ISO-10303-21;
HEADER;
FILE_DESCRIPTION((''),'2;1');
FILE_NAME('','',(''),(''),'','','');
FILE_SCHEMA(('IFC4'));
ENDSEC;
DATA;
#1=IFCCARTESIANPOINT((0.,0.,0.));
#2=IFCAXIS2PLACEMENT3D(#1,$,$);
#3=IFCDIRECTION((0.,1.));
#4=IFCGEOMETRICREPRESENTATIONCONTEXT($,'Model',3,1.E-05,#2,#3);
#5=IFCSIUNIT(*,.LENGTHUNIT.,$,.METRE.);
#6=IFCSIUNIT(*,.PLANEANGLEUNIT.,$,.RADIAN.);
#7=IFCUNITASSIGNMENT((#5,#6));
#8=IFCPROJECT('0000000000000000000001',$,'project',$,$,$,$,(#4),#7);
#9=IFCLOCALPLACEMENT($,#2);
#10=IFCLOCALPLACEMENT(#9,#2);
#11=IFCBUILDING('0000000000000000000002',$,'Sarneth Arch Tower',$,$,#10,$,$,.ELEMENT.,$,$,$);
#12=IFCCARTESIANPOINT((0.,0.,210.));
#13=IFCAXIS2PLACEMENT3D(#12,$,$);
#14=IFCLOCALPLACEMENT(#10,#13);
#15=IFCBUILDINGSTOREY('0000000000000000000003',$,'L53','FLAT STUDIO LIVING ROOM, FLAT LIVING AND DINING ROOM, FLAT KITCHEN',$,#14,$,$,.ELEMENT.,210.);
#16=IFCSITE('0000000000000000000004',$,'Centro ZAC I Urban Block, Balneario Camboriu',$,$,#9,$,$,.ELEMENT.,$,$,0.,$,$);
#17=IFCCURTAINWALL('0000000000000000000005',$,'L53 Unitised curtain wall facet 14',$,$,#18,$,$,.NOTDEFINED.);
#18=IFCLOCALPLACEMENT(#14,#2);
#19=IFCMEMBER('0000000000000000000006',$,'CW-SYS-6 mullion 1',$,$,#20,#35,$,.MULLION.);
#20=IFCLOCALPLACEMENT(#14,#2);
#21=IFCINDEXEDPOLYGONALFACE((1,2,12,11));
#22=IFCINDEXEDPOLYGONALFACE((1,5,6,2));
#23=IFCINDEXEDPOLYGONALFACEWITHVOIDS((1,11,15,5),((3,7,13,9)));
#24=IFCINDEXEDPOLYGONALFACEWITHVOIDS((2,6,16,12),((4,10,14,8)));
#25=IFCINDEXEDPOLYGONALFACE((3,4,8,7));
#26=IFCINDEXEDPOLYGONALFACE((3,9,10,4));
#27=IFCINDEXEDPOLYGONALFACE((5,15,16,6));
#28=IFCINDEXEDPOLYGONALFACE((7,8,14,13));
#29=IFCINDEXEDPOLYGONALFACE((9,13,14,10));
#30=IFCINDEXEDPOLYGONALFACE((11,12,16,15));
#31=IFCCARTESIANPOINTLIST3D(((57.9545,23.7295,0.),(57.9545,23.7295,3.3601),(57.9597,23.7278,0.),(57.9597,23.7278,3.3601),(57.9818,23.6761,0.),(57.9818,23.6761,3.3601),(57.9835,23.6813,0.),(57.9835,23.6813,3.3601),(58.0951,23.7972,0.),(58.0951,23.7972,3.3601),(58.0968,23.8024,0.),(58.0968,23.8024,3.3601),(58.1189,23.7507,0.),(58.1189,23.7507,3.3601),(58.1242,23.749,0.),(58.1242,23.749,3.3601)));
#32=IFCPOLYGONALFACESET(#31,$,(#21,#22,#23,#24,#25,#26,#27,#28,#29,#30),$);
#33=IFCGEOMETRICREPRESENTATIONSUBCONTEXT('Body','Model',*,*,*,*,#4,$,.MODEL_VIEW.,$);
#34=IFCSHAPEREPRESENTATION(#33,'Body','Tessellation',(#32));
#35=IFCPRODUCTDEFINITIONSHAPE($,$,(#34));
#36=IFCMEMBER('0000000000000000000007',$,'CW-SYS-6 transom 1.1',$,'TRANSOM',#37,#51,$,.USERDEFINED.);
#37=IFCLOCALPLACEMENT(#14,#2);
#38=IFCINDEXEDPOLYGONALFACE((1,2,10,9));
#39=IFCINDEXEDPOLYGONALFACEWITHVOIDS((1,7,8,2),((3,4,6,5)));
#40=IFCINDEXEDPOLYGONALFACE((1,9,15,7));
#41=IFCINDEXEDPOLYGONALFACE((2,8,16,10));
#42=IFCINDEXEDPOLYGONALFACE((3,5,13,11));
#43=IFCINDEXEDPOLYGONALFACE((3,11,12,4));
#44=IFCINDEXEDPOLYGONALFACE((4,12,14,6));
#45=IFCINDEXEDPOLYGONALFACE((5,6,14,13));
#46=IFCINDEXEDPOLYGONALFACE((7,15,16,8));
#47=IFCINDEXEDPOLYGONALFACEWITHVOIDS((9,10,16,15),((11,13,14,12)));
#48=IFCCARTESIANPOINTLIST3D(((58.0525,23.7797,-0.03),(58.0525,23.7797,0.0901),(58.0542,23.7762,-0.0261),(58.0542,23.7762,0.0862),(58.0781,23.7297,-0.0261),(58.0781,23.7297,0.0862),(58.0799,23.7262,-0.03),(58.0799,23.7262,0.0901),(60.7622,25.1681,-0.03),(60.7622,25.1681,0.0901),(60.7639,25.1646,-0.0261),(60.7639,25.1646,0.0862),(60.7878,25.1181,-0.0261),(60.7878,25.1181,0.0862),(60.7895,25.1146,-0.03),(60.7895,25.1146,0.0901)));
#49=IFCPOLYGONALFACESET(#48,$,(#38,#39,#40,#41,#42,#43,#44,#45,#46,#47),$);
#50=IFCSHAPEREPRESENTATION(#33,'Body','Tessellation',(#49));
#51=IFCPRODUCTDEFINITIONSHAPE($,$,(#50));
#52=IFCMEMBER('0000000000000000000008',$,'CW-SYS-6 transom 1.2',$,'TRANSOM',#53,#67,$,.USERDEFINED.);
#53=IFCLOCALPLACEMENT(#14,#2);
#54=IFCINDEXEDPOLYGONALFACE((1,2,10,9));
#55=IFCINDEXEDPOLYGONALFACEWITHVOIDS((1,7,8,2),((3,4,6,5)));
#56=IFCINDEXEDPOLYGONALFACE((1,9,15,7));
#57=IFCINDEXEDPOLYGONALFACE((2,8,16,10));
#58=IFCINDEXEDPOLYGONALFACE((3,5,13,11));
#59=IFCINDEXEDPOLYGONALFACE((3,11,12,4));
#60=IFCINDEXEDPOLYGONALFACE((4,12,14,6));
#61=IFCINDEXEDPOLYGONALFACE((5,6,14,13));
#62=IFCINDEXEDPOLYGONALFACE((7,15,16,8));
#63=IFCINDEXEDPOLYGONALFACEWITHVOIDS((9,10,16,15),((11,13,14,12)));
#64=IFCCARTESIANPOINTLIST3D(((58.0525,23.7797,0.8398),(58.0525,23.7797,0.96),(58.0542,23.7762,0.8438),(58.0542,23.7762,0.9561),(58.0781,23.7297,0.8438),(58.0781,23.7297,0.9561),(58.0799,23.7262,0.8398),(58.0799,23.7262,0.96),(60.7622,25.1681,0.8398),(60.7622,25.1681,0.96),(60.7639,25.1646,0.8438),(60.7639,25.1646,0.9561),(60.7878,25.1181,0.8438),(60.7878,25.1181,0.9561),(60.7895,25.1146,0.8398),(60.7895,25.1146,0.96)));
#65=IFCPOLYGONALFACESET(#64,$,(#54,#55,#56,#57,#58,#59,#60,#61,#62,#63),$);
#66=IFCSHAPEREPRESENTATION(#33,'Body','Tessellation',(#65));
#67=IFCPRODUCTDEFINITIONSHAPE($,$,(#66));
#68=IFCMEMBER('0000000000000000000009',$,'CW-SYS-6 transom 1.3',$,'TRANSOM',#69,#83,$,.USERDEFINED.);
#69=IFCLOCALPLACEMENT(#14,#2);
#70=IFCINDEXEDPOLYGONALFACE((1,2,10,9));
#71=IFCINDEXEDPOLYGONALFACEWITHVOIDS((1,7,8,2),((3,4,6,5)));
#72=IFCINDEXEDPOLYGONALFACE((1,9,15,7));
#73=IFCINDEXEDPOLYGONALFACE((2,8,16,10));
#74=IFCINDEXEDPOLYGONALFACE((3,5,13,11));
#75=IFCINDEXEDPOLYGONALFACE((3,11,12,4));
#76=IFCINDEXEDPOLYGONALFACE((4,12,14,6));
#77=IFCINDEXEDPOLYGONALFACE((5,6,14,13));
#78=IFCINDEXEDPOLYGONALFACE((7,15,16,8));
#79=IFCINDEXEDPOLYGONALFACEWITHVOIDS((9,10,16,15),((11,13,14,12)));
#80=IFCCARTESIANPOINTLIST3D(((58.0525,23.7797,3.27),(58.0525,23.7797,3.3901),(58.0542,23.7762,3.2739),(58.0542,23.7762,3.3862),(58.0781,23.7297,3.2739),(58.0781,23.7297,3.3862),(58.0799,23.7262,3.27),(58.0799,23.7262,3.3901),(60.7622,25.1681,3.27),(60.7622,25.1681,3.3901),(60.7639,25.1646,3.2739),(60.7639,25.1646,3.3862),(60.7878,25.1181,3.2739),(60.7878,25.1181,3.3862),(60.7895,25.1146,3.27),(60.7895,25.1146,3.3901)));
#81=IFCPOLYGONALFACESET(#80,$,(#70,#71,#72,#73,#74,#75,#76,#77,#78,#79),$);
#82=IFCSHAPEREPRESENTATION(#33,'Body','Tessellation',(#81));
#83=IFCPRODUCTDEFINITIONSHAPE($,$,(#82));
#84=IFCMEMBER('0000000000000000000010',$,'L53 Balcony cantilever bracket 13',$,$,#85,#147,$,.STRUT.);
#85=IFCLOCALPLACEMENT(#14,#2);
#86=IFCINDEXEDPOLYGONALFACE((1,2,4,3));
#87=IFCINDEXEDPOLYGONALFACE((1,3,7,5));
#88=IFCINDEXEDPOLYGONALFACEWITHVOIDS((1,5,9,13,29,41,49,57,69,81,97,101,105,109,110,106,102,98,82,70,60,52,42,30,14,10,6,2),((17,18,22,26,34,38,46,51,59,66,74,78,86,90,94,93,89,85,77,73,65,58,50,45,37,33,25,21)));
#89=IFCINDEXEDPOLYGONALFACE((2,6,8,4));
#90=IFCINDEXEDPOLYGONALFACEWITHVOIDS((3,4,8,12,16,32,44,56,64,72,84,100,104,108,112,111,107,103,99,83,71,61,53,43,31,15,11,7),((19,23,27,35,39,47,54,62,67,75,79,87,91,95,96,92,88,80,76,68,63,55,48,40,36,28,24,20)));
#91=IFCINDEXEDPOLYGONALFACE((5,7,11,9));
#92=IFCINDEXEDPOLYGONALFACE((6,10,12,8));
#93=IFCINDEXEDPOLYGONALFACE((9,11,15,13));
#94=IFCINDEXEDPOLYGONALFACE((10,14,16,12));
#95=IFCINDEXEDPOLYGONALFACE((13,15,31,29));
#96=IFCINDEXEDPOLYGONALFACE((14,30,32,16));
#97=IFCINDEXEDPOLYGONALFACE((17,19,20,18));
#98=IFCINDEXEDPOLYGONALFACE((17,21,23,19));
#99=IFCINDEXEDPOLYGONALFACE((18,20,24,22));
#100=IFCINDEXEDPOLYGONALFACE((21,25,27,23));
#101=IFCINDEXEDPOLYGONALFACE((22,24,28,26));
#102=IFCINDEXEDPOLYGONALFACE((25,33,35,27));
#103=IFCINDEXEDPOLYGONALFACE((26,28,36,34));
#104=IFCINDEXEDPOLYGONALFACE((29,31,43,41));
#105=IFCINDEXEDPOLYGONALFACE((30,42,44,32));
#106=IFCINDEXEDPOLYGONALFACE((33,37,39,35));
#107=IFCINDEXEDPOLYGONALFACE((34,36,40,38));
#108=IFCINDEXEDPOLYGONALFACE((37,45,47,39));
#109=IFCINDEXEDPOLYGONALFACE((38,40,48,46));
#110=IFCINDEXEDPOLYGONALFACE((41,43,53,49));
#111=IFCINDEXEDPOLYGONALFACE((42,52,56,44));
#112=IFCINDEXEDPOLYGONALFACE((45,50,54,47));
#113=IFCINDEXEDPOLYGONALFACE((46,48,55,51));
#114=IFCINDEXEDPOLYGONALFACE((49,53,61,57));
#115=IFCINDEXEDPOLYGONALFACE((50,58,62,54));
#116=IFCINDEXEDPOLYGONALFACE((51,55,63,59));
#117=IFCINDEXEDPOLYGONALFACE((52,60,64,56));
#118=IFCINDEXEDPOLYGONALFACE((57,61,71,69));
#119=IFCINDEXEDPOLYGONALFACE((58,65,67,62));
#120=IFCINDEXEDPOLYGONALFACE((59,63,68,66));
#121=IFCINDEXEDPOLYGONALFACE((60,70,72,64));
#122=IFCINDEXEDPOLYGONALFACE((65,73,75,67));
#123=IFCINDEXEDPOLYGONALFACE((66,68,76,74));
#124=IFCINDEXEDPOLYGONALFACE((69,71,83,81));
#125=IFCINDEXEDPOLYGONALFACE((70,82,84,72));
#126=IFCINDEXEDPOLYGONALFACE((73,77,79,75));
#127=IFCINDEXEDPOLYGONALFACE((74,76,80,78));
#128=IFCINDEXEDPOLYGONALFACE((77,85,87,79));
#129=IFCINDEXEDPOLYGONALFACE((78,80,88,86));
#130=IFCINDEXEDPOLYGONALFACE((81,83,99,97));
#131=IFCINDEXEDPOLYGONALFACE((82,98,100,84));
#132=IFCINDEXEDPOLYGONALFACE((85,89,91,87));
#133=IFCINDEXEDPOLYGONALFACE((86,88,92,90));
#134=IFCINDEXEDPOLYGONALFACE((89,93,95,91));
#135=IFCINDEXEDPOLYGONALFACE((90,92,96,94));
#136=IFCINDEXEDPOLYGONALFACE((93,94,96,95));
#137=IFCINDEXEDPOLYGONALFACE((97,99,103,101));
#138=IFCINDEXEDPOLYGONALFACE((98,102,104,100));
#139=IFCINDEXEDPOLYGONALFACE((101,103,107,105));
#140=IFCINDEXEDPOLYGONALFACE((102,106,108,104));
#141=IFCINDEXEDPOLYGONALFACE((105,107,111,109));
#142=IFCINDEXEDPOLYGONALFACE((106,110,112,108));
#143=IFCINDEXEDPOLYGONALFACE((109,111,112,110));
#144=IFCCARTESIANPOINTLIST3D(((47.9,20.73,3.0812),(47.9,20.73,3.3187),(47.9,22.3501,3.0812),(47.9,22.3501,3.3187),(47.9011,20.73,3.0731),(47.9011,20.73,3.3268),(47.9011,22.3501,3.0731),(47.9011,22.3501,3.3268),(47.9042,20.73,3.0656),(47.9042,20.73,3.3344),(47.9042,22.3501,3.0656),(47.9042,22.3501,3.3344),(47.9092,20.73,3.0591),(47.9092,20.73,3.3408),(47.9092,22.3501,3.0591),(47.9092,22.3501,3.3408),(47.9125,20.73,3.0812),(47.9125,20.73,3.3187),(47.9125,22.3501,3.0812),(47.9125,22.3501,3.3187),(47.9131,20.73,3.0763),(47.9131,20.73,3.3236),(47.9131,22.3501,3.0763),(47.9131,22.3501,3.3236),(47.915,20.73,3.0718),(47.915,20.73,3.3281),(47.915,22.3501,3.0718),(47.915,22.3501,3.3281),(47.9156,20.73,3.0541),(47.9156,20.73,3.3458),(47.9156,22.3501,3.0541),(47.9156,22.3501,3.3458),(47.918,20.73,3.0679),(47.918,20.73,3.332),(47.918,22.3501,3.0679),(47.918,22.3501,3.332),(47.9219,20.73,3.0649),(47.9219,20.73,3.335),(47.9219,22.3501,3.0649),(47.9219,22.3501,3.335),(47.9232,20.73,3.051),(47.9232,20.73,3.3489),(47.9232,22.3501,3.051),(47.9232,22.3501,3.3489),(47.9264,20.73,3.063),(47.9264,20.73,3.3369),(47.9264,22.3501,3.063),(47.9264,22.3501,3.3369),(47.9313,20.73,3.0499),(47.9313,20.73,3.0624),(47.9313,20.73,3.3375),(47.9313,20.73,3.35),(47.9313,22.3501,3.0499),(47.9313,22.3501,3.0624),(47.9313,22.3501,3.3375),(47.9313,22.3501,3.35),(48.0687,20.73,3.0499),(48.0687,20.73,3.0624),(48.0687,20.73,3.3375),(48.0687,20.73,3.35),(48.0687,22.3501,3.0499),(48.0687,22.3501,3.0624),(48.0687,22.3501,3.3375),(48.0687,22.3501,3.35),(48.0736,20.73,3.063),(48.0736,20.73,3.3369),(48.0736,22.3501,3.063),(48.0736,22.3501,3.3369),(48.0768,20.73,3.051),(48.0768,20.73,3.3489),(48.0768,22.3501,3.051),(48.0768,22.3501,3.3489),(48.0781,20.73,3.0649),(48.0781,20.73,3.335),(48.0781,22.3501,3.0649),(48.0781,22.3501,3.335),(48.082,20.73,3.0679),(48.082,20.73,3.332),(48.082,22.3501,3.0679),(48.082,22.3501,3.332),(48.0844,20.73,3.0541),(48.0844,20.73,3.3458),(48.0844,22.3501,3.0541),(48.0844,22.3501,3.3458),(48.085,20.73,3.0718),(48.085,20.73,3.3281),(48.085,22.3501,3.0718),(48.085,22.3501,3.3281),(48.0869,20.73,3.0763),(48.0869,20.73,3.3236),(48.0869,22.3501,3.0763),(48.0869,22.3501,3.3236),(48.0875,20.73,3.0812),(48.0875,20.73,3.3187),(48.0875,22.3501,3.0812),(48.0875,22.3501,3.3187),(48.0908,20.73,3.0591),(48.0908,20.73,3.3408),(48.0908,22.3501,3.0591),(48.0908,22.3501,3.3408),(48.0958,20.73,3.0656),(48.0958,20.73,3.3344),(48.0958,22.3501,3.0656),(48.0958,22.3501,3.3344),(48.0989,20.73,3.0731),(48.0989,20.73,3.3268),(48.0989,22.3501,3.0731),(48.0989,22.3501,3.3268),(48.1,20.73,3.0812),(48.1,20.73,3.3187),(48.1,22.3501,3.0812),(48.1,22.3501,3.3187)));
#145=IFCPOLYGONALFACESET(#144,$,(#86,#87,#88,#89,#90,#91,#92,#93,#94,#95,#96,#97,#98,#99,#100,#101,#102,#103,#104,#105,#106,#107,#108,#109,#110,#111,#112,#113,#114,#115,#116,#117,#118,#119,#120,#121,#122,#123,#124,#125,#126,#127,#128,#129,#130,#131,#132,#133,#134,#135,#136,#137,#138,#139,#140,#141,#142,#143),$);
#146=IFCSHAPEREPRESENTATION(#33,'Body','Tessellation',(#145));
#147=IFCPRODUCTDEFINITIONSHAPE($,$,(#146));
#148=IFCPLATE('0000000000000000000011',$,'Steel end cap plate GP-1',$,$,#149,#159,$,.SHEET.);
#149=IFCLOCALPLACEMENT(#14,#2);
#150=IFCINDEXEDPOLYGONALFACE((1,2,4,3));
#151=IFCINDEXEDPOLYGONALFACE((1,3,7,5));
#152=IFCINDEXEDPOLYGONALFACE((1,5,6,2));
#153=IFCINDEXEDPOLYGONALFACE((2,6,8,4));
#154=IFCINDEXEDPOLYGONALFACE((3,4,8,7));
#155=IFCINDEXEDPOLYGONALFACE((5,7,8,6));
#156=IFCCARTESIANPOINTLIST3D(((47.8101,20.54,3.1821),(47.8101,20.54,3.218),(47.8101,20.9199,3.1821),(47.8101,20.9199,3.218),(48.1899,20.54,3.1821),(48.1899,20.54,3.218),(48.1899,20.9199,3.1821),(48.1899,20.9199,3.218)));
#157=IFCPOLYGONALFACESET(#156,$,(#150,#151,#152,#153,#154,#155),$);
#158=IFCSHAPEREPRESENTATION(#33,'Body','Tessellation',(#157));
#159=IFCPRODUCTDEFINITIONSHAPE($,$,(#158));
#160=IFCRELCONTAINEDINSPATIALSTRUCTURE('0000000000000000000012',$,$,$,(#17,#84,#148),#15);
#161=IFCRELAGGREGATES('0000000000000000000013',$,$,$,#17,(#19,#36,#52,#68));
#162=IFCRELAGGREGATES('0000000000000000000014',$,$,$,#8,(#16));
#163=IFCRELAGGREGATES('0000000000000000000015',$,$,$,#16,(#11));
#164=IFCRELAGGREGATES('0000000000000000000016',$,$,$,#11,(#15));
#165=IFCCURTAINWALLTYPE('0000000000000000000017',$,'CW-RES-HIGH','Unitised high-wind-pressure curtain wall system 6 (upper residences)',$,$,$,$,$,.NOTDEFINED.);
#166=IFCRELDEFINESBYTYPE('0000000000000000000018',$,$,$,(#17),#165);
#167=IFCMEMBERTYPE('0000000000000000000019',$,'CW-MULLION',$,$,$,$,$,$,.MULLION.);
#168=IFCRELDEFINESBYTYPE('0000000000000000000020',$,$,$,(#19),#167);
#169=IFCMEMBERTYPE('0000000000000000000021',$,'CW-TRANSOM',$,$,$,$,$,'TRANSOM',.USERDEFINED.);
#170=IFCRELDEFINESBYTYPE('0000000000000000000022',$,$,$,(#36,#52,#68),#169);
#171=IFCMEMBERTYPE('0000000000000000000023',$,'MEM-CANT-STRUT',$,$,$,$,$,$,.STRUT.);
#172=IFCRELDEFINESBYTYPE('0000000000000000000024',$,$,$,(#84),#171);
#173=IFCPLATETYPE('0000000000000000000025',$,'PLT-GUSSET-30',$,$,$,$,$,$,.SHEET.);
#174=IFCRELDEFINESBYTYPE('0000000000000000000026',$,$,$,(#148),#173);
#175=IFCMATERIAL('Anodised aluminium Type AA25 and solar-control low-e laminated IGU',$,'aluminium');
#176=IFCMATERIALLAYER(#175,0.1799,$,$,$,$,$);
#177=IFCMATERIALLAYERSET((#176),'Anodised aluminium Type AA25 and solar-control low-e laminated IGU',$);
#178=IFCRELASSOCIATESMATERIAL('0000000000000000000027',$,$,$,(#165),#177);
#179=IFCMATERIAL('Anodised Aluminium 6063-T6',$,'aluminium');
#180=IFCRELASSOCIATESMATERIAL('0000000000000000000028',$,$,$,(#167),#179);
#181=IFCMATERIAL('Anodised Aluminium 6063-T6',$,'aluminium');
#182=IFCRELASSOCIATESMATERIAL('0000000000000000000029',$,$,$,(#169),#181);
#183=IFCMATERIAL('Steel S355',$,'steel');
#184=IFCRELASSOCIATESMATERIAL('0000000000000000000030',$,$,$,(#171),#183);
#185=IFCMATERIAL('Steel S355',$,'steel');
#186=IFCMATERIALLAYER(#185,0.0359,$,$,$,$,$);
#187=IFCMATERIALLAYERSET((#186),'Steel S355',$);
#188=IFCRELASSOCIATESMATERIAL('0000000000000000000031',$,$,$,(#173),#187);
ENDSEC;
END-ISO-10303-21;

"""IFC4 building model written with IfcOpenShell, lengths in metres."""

from ifc_helpers import new_model, si_unit, direction, frame, origin, origin_2d, place, context, subcontext, project, spatial, rectangle, hollow_rectangle, extrude, material, layer, layer_set, material_profile, profile_set, type_object, element, aggregate, save


model = new_model("IFC4")

# Units and contexts
model_context = context("Model", 3, precision=1e-05, world=origin(), true_north=direction((0.0, 1.0)))
body_context = subcontext(model_context, "Body", "Model", "MODEL_VIEW")
ifc_project = project(units=[si_unit("LENGTHUNIT", "METRE"), si_unit("PLANEANGLEUNIT", "RADIAN")], contexts=[model_context])

# Site, building, storey
site_placement = place(None, origin())
site = spatial("IfcSite", under=ifc_project, at=site_placement, Name="Centro ZAC I Urban Block, Balneario Camboriu", CompositionType="ELEMENT", RefElevation=0.0)
building_placement = place(site_placement, origin())
building = spatial("IfcBuilding", under=site, at=building_placement, Name="Sarneth Arch Tower", CompositionType="ELEMENT")
storey_placement = place(building_placement, frame((0.0, 0.0, 210.0)))
storey = spatial("IfcBuildingStorey", under=building, at=storey_placement, Name="L53", Description="FLAT STUDIO LIVING ROOM, FLAT LIVING AND DINING ROOM, FLAT KITCHEN", CompositionType="ELEMENT", Elevation=210.0)

# Curtain wall, members
ifc_material_1 = material(Name="Anodised aluminium Type AA25 and solar-control low-e laminated IGU", Category="aluminium")
ifc_layer_1 = layer(ifc_material_1, 0.1799)
ifc_layer_set_1 = layer_set([ifc_layer_1], Name="Anodised aluminium Type AA25 and solar-control low-e laminated IGU")
curtain_wall_type = type_object("IfcCurtainWallType", Name="CW-RES-HIGH", Description="Unitised high-wind-pressure curtain wall system 6 (upper residences)", PredefinedType="NOTDEFINED", material=ifc_layer_set_1)
curtain_wall_placement = place(storey_placement, origin())
curtain_wall = element("IfcCurtainWall", 1, at=curtain_wall_placement, inside=storey, type_object=curtain_wall_type, Name="L53 Unitised curtain wall facet 14", PredefinedType="NOTDEFINED")
ifc_material_2 = material(Name="Anodised Aluminium 6063-T6", Category="aluminium")
ifc_material_profile_1 = material_profile(ifc_material_2, hollow_rectangle(XDim=0.0601, YDim=0.1599, WallThickness=0.0039, at=origin_2d()), Name="AL-MULL-160x60x4")
ifc_profile_set_1 = profile_set([ifc_material_profile_1], Name="Anodised Aluminium 6063-T6")
member_type_1 = type_object("IfcMemberType", Name="CW-MULLION", PredefinedType="MULLION", material=ifc_profile_set_1)
member_1_placement = place(storey_placement, frame((58.0393, 23.7393, 0.0), z_axis=(0.0, 0.0, 1.0), x_axis=(-0.455942, 0.89001, 0.0)))
member_1 = element("IfcMember", 2, at=member_1_placement, type_object=member_type_1, Name="CW-SYS-6 mullion 1", PredefinedType="MULLION", context=body_context, shape_type="SweptSolid", body=[
    extrude(hollow_rectangle(XDim=0.0601, YDim=0.1599, WallThickness=0.0039, at=origin_2d()), origin(), (0.0, 0.0, 1.0), 3.3601),
])
ifc_material_3 = material(Name="Anodised Aluminium 6063-T6", Category="aluminium")
ifc_material_profile_2 = material_profile(ifc_material_3, hollow_rectangle(XDim=0.0601, YDim=0.1201, WallThickness=0.0039, at=origin_2d()), Name="AL-TRAN-120x60x4")
ifc_profile_set_2 = profile_set([ifc_material_profile_2], Name="Anodised Aluminium 6063-T6")
member_type_2 = type_object("IfcMemberType", Name="CW-TRANSOM", ElementType="TRANSOM", PredefinedType="USERDEFINED", material=ifc_profile_set_2)
member_2_placement = place(storey_placement, frame((58.0662, 23.7529, 0.03), z_axis=(0.889974, 0.456012, 0.0), x_axis=(-0.456012, 0.889974, 0.0)))
member_2 = element("IfcMember", 3, at=member_2_placement, type_object=member_type_2, Name="CW-SYS-6 transom 1.1", ObjectType="TRANSOM", PredefinedType="USERDEFINED", context=body_context, shape_type="SweptSolid", body=[
    extrude(hollow_rectangle(XDim=0.0601, YDim=0.1201, WallThickness=0.0039, at=origin_2d()), origin(), (0.0, 0.0, 1.0), 3.0447),
])
member_3_placement = place(storey_placement, frame((58.0662, 23.7529, 0.8999), z_axis=(0.889974, 0.456012, 0.0), x_axis=(-0.456012, 0.889974, 0.0)))
member_3 = element("IfcMember", 4, at=member_3_placement, type_object=member_type_2, Name="CW-SYS-6 transom 1.2", ObjectType="TRANSOM", PredefinedType="USERDEFINED", context=body_context, shape_type="SweptSolid", body=[
    extrude(hollow_rectangle(XDim=0.0601, YDim=0.1201, WallThickness=0.0039, at=origin_2d()), origin(), (0.0, 0.0, 1.0), 3.0447),
])
member_4_placement = place(storey_placement, frame((58.0662, 23.7529, 3.3301), z_axis=(0.889974, 0.456012, 0.0), x_axis=(-0.456012, 0.889974, 0.0)))
member_4 = element("IfcMember", 5, at=member_4_placement, type_object=member_type_2, Name="CW-SYS-6 transom 1.3", ObjectType="TRANSOM", PredefinedType="USERDEFINED", context=body_context, shape_type="SweptSolid", body=[
    extrude(hollow_rectangle(XDim=0.0601, YDim=0.1201, WallThickness=0.0039, at=origin_2d()), origin(), (0.0, 0.0, 1.0), 3.0447),
])
aggregate(curtain_wall, [member_1, member_2, member_3, member_4])

# Member
ifc_material_4 = material(Name="Steel S355", Category="steel")
ifc_material_profile_3 = material_profile(ifc_material_4, hollow_rectangle(XDim=0.2, YDim=0.3, WallThickness=0.0125, InnerFilletRadius=0.0188, OuterFilletRadius=0.0312, at=origin_2d()), Name="RHS300x200x12.5")
ifc_profile_set_3 = profile_set([ifc_material_profile_3], Name="Steel S355")
member_type_3 = type_object("IfcMemberType", Name="MEM-CANT-STRUT", PredefinedType="STRUT", material=ifc_profile_set_3)
member_5_placement = place(storey_placement, frame((48.0, 22.3501, 3.2), z_axis=(0.0, -1.0, 0.0), x_axis=(1.0, 0.0, 0.0)))
element("IfcMember", 6, at=member_5_placement, inside=storey, type_object=member_type_3, Name="L53 Balcony cantilever bracket 13", PredefinedType="STRUT", context=body_context, shape_type="SweptSolid", body=[
    extrude(hollow_rectangle(XDim=0.2, YDim=0.3, WallThickness=0.0125, InnerFilletRadius=0.0188, OuterFilletRadius=0.0312, at=origin_2d()), origin(), (0.0, 0.0, 1.0), 1.6201),
])

# Plate
ifc_material_5 = material(Name="Steel S355", Category="steel")
ifc_layer_2 = layer(ifc_material_5, 0.0359)
ifc_layer_set_2 = layer_set([ifc_layer_2], Name="Steel S355")
plate_type = type_object("IfcPlateType", Name="PLT-GUSSET-30", PredefinedType="SHEET", material=ifc_layer_set_2)
plate_placement = place(storey_placement, frame((48.0, 20.73, 3.1821), z_axis=(0.0, 0.0, 1.0), x_axis=(0.0, -1.0, 0.0)))
element("IfcPlate", 7, at=plate_placement, inside=storey, type_object=plate_type, Name="Steel end cap plate GP-1", PredefinedType="SHEET", context=body_context, shape_type="SweptSolid", body=[
    extrude(rectangle(XDim=0.3799, YDim=0.3799, at=origin_2d()), origin(), (0.0, 0.0, 1.0), 0.0359),
])

save(model, "model.ifc")
